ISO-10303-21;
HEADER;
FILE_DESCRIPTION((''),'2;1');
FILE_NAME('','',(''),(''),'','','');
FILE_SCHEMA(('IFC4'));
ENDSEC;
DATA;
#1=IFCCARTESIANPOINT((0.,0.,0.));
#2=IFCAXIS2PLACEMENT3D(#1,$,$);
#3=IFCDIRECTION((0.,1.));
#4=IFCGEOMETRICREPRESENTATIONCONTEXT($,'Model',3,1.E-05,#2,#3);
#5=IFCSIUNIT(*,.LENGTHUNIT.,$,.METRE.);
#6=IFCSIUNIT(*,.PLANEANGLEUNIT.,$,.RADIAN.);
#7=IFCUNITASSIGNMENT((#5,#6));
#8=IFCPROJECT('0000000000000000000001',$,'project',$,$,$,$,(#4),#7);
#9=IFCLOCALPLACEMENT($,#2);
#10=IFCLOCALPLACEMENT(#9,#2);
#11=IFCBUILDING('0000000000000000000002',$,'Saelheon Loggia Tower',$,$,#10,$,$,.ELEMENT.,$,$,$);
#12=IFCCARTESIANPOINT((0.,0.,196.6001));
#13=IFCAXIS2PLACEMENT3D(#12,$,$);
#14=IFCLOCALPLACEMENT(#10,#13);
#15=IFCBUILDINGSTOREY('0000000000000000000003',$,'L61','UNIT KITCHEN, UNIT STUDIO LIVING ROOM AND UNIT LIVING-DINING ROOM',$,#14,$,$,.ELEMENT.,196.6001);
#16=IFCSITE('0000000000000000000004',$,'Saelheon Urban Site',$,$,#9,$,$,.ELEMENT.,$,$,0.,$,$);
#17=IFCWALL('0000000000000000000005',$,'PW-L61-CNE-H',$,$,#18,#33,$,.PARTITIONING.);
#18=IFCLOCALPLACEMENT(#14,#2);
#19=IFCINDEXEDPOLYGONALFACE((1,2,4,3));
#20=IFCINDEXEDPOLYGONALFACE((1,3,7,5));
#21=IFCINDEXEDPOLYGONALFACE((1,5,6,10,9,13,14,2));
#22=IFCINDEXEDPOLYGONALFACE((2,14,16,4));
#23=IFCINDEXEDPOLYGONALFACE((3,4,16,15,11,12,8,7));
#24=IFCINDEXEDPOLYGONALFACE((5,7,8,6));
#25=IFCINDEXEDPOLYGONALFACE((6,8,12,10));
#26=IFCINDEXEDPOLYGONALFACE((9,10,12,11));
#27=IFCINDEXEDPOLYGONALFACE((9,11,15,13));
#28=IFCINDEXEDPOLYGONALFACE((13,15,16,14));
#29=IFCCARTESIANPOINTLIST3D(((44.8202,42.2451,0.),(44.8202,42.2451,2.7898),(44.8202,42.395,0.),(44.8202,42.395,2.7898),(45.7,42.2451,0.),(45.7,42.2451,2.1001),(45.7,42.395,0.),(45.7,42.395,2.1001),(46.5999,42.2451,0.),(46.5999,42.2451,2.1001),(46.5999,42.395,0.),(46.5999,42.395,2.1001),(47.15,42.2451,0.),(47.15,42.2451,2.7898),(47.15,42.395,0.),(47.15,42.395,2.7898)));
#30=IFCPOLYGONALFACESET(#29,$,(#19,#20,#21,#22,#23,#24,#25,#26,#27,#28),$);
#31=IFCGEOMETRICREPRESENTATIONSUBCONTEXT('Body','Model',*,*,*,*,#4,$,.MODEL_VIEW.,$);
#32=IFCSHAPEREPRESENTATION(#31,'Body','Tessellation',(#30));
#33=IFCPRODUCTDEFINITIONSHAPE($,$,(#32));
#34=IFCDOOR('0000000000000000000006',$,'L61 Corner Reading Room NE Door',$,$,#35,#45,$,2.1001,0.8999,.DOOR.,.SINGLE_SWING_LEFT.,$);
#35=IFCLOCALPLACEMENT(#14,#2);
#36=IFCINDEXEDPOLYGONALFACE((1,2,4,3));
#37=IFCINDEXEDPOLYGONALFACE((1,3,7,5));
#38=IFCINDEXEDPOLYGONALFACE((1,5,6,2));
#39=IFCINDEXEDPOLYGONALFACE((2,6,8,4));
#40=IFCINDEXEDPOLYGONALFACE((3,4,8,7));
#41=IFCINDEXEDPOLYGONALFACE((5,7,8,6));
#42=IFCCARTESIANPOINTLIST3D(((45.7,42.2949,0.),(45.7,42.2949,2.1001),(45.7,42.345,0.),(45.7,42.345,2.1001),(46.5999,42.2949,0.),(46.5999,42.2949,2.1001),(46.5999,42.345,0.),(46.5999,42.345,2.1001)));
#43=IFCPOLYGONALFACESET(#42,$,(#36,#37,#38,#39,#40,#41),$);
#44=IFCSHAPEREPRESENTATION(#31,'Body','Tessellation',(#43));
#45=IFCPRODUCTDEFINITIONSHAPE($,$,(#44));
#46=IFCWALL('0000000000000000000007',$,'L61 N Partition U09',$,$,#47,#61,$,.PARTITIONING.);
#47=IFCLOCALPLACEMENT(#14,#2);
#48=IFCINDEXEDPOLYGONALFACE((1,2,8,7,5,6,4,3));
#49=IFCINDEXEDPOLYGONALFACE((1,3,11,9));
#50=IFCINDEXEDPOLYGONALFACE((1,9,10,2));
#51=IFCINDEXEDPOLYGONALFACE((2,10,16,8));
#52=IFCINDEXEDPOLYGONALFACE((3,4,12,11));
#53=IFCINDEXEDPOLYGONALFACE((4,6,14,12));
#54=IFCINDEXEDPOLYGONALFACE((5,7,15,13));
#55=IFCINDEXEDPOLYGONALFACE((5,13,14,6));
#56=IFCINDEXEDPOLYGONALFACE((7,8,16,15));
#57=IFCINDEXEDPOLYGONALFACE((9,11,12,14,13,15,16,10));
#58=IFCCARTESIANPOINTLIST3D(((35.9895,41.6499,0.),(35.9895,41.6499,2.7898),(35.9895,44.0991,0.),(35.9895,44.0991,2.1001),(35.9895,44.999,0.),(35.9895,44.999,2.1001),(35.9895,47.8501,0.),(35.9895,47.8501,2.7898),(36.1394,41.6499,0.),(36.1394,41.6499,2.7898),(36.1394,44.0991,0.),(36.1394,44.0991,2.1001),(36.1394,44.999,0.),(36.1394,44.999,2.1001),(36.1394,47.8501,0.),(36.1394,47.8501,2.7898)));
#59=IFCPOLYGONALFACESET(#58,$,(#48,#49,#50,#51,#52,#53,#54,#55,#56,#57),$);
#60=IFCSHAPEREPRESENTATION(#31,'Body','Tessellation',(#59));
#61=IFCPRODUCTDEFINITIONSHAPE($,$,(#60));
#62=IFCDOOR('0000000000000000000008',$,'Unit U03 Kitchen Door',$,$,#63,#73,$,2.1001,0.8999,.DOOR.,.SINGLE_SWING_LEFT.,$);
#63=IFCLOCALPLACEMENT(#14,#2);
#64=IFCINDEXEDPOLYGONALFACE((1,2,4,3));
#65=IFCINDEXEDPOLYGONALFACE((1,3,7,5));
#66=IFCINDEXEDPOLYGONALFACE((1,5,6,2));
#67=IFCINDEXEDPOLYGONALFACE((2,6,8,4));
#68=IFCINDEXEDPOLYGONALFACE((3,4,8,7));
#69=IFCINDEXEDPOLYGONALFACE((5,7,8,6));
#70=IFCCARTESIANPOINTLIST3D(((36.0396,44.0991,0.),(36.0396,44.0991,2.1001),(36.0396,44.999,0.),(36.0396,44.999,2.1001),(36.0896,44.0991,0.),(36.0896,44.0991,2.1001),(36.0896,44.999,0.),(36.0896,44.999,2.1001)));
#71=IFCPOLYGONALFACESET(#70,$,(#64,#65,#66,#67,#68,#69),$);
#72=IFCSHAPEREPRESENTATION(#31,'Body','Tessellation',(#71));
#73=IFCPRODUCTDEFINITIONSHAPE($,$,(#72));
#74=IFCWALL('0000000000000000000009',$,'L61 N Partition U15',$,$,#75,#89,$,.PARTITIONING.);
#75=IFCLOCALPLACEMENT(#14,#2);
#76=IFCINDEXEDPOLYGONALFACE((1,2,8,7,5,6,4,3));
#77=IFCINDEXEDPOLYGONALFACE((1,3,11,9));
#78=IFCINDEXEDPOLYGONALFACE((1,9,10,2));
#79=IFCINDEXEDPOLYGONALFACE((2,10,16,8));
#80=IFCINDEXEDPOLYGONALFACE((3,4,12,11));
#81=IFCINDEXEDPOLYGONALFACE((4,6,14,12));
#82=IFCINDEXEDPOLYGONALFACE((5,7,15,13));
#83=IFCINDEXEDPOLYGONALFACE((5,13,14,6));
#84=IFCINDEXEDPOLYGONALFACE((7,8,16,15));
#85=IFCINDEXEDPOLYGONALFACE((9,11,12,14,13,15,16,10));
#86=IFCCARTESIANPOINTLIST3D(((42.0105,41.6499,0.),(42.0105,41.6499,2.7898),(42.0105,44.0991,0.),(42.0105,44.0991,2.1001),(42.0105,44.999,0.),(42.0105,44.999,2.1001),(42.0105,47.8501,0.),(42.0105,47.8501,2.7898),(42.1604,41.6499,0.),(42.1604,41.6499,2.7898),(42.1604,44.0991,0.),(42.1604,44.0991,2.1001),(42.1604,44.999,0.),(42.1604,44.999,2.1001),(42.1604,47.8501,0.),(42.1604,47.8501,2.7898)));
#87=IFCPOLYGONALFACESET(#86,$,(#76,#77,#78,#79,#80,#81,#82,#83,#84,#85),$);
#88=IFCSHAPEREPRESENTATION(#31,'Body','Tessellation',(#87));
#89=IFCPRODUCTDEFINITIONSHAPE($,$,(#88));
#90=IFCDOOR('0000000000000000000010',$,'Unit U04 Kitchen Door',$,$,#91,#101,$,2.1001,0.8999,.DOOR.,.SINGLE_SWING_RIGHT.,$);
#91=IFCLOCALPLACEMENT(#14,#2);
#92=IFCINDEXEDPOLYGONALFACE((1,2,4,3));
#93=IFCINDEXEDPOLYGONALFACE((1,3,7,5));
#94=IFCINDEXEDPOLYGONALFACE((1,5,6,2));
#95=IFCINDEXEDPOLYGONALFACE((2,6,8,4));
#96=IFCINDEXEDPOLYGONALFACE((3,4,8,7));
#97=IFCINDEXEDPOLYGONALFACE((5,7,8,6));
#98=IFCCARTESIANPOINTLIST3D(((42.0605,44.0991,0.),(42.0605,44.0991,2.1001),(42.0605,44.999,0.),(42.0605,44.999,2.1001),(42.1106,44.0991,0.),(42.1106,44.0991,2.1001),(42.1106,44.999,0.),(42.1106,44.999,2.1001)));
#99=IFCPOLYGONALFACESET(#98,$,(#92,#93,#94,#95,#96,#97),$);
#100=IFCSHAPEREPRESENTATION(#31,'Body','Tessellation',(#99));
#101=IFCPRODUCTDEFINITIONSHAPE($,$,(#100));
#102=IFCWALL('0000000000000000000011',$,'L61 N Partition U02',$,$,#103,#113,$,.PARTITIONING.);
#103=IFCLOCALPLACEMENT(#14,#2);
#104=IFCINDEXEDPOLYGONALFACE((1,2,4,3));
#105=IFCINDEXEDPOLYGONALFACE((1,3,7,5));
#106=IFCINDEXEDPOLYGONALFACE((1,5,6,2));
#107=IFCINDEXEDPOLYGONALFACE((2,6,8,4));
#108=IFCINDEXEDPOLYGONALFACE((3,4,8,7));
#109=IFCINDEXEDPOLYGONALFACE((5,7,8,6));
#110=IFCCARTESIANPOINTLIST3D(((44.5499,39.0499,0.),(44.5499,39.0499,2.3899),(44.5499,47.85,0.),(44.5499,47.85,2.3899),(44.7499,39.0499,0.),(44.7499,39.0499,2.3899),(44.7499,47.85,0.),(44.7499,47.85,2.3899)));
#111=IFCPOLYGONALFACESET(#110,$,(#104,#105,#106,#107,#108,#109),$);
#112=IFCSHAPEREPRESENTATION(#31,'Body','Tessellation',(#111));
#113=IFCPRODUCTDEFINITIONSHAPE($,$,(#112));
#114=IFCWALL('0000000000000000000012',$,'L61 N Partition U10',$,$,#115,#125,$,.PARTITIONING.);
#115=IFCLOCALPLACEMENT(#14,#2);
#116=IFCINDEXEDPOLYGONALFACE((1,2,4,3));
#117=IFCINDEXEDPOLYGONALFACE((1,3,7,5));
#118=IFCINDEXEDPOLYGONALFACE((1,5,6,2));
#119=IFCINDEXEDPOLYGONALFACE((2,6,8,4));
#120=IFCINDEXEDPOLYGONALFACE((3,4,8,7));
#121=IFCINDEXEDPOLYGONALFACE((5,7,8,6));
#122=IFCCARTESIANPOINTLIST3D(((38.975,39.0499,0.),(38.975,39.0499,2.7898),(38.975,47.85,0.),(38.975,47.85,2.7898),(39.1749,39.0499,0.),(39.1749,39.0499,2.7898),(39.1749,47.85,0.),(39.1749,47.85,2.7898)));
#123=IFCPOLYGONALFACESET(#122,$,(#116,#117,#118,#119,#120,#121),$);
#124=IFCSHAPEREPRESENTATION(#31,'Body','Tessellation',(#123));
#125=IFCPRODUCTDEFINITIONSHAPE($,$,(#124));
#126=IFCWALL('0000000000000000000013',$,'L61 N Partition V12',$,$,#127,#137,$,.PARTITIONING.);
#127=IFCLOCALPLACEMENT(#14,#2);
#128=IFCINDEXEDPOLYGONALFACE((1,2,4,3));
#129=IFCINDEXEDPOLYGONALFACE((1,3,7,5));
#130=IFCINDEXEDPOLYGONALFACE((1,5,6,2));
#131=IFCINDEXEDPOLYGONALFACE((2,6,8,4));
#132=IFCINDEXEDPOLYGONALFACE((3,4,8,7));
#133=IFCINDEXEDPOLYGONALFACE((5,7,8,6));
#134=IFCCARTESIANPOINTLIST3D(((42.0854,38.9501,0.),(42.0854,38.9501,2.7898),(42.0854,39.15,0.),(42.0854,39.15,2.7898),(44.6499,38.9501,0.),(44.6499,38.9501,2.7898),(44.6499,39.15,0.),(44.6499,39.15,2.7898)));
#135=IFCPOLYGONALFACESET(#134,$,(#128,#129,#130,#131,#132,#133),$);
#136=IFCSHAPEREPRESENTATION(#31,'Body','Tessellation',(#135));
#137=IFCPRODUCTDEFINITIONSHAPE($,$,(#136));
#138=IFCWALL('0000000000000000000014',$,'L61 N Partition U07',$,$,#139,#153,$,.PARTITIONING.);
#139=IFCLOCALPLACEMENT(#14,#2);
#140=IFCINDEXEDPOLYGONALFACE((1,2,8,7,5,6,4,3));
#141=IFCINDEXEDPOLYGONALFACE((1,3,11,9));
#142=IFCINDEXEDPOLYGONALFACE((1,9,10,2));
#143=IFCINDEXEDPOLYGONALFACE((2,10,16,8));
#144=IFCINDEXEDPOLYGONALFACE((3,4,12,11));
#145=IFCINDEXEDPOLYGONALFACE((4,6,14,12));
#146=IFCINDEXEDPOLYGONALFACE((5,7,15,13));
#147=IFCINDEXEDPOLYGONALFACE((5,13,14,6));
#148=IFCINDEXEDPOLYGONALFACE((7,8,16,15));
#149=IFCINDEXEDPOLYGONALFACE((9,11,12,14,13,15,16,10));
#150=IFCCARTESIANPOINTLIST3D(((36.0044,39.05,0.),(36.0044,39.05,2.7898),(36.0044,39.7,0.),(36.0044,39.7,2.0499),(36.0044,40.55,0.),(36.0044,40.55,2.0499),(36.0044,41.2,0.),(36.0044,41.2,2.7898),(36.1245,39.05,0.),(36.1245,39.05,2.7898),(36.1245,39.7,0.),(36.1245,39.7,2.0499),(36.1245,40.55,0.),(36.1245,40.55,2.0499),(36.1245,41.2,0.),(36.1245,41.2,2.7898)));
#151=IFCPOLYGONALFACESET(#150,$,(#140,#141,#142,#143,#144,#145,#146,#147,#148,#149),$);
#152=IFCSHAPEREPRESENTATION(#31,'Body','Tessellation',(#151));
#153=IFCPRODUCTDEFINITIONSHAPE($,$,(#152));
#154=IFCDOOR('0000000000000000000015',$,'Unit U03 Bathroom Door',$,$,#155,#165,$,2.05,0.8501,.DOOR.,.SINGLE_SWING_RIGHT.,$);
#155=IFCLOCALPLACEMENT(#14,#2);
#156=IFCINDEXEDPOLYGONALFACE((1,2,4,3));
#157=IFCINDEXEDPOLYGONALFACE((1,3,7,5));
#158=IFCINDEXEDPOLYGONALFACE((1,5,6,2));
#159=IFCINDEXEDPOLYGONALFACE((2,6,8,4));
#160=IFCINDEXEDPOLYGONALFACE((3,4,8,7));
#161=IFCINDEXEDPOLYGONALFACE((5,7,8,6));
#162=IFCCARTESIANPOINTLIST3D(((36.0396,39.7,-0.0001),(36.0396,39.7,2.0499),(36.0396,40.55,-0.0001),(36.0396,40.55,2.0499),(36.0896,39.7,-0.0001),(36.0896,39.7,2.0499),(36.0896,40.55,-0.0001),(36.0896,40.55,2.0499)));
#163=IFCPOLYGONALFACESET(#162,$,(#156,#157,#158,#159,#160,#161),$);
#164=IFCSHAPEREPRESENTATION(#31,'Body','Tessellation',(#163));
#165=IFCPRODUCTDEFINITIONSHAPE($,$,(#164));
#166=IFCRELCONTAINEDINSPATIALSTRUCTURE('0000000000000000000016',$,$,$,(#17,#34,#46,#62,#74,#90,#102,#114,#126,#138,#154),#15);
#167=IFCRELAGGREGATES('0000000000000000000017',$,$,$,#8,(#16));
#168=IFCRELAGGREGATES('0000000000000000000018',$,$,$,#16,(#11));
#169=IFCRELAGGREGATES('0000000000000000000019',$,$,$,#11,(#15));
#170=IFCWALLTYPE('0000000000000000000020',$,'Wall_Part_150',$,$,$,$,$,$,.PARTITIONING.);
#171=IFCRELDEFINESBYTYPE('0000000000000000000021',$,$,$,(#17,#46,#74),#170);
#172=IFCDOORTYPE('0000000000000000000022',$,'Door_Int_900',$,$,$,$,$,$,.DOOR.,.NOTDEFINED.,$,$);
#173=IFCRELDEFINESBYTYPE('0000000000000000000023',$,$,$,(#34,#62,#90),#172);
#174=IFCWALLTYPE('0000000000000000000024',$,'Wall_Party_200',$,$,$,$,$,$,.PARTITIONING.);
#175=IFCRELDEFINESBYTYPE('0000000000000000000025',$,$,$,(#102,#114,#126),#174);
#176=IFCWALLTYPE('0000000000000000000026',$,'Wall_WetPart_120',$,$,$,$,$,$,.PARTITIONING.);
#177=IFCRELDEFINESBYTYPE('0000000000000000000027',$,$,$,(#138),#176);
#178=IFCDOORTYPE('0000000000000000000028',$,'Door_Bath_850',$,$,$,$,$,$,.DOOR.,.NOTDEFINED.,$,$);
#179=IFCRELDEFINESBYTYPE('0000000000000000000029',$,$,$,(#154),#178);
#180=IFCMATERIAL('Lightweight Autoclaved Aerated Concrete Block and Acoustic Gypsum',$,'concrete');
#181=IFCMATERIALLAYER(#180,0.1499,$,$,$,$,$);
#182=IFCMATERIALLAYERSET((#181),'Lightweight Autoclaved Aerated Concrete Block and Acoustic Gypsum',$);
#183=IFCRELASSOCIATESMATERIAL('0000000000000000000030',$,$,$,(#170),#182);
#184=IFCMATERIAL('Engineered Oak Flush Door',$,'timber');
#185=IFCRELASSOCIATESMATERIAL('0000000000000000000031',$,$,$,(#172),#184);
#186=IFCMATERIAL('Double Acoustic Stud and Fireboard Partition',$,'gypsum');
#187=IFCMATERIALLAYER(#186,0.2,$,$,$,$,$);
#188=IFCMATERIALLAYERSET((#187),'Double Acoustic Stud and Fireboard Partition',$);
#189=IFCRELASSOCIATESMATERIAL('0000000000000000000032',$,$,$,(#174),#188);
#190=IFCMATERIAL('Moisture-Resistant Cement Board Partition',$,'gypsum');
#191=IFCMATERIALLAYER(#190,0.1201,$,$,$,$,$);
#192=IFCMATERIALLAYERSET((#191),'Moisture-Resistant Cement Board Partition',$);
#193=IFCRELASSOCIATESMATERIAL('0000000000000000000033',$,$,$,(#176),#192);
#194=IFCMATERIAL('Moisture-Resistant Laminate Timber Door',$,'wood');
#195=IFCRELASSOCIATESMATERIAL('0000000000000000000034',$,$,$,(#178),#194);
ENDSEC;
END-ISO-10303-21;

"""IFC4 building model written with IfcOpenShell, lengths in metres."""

from ifc_helpers import new_model, si_unit, direction, frame, frame_2d, origin, place, context, subcontext, project, spatial, rectangle, extrude, source, transform, mapped, material, layer, layer_set, type_object, element, fill, save


model = new_model("IFC4")

# Units and contexts
model_context = context("Model", 3, precision=1e-05, world=origin(), true_north=direction((0.0, 1.0)))
body_context = subcontext(model_context, "Body", "Model", "MODEL_VIEW")
ifc_project = project(units=[si_unit("LENGTHUNIT", "METRE"), si_unit("PLANEANGLEUNIT", "RADIAN")], contexts=[model_context])

# Site, building, storey
site_placement = place(None, origin())
site = spatial("IfcSite", under=ifc_project, at=site_placement, Name="Saelheon Urban Site", CompositionType="ELEMENT", RefElevation=0.0)
building_placement = place(site_placement, origin())
building = spatial("IfcBuilding", under=site, at=building_placement, Name="Saelheon Loggia Tower", CompositionType="ELEMENT")
storey_placement = place(building_placement, frame((0.0, 0.0, 196.6001)))
storey = spatial("IfcBuildingStorey", under=building, at=storey_placement, Name="L61", Description="UNIT KITCHEN, UNIT STUDIO LIVING ROOM AND UNIT LIVING-DINING ROOM", CompositionType="ELEMENT", Elevation=196.6001)

# Walls, openings, doors
ifc_material_1 = material(Name="Lightweight Autoclaved Aerated Concrete Block and Acoustic Gypsum", Category="concrete")
ifc_layer_1 = layer(ifc_material_1, 0.1499)
ifc_layer_set_1 = layer_set([ifc_layer_1], Name="Lightweight Autoclaved Aerated Concrete Block and Acoustic Gypsum")
wall_type_1 = type_object("IfcWallType", Name="Wall_Part_150", PredefinedType="PARTITIONING", material=ifc_layer_set_1)
wall_1_placement = place(storey_placement, frame((44.8201, 42.3201, 0.0), z_axis=(0.0, 0.0, 1.0), x_axis=(1.0, 0.0, 0.0)))
wall_1 = element("IfcWall", 1, at=wall_1_placement, inside=storey, type_object=wall_type_1, Name="PW-L61-CNE-H", PredefinedType="PARTITIONING", context=body_context, shape_type="SweptSolid", body=[
    extrude(rectangle(XDim=2.3298, YDim=0.1499, at=frame_2d((1.165, 0.0))), origin(), (0.0, 0.0, 1.0), 2.7898),
])
opening_1_placement = place(wall_1_placement, frame((0.8799, 0.0, 0.0)))
opening_1 = element("IfcOpeningElement", 2, at=opening_1_placement, cuts=wall_1, PredefinedType="OPENING", context=body_context, shape_type="SweptSolid", body=[
    extrude(rectangle(XDim=0.8999, YDim=2.1001, at=frame_2d((0.45, 1.05))), frame((0.0, 0.0869, 0.0), z_axis=(0.0, -1.0, 0.0), x_axis=(1.0, 0.0, 0.0)), (0.0, 0.0, 1.0), 0.1738),
])
ifc_material_2 = material(Name="Engineered Oak Flush Door", Category="timber")
door_type_1 = type_object("IfcDoorType", Name="Door_Int_900", OperationType="NOTDEFINED", PredefinedType="DOOR", material=ifc_material_2)
shared_shape_1 = source(origin(), body_context, "Body", "SweptSolid", [
    extrude(rectangle(XDim=0.8999, YDim=2.1001, at=frame_2d((0.45, 1.05))), frame((0.0, 0.0249, 0.0), z_axis=(0.0, -1.0, 0.0), x_axis=(1.0, 0.0, 0.0)), (0.0, 0.0, 1.0), 0.05),
])
door_1_placement = place(opening_1_placement, origin())
door_1 = element("IfcDoor", 3, at=door_1_placement, inside=storey, type_object=door_type_1, Name="L61 Corner Reading Room NE Door", OperationType="SINGLE_SWING_LEFT", OverallHeight=2.1001, OverallWidth=0.8999, PredefinedType="DOOR", context=body_context, shape_type="MappedRepresentation", body=[
    mapped(shared_shape_1, transform((0.0, 0.0, 0.0), scale=1.0)),
])
fill(opening_1, door_1)
wall_2_placement = place(storey_placement, frame((36.0645, 41.6499, 0.0), z_axis=(0.0, 0.0, 1.0), x_axis=(0.0, 1.0, 0.0)))
wall_2 = element("IfcWall", 4, at=wall_2_placement, inside=storey, type_object=wall_type_1, Name="L61 N Partition U09", PredefinedType="PARTITIONING", context=body_context, shape_type="SweptSolid", body=[
    extrude(rectangle(XDim=6.2002, YDim=0.1499, at=frame_2d((3.1001, 0.0))), origin(), (0.0, 0.0, 1.0), 2.7898),
])
opening_2_placement = place(wall_2_placement, frame((2.4492, 0.0, 0.0)))
opening_2 = element("IfcOpeningElement", 5, at=opening_2_placement, cuts=wall_2, PredefinedType="OPENING", context=body_context, shape_type="SweptSolid", body=[
    extrude(rectangle(XDim=0.8999, YDim=2.1001, at=frame_2d((0.45, 1.05))), frame((0.0, 0.0869, 0.0), z_axis=(0.0, -1.0, 0.0), x_axis=(1.0, 0.0, 0.0)), (0.0, 0.0, 1.0), 0.1738),
])
door_2_placement = place(opening_2_placement, origin())
door_2 = element("IfcDoor", 6, at=door_2_placement, inside=storey, type_object=door_type_1, Name="Unit U03 Kitchen Door", OperationType="SINGLE_SWING_LEFT", OverallHeight=2.1001, OverallWidth=0.8999, PredefinedType="DOOR", context=body_context, shape_type="MappedRepresentation", body=[
    mapped(shared_shape_1, transform((0.0, 0.0, 0.0), scale=1.0)),
])
fill(opening_2, door_2)
wall_3_placement = place(storey_placement, frame((42.0854, 41.6499, 0.0), z_axis=(0.0, 0.0, 1.0), x_axis=(0.0, 1.0, 0.0)))
wall_3 = element("IfcWall", 7, at=wall_3_placement, inside=storey, type_object=wall_type_1, Name="L61 N Partition U15", PredefinedType="PARTITIONING", context=body_context, shape_type="SweptSolid", body=[
    extrude(rectangle(XDim=6.2002, YDim=0.1499, at=frame_2d((3.1001, 0.0))), origin(), (0.0, 0.0, 1.0), 2.7898),
])
opening_3_placement = place(wall_3_placement, frame((2.4492, 0.0, 0.0)))
opening_3 = element("IfcOpeningElement", 8, at=opening_3_placement, cuts=wall_3, PredefinedType="OPENING", context=body_context, shape_type="SweptSolid", body=[
    extrude(rectangle(XDim=0.8999, YDim=2.1001, at=frame_2d((0.45, 1.05))), frame((0.0, 0.0869, 0.0), z_axis=(0.0, -1.0, 0.0), x_axis=(1.0, 0.0, 0.0)), (0.0, 0.0, 1.0), 0.1738),
])
door_3_placement = place(opening_3_placement, origin())
door_3 = element("IfcDoor", 9, at=door_3_placement, inside=storey, type_object=door_type_1, Name="Unit U04 Kitchen Door", OperationType="SINGLE_SWING_RIGHT", OverallHeight=2.1001, OverallWidth=0.8999, PredefinedType="DOOR", context=body_context, shape_type="MappedRepresentation", body=[
    mapped(shared_shape_1, transform((0.0, 0.0, 0.0), scale=1.0)),
])
fill(opening_3, door_3)

# Wall
ifc_material_3 = material(Name="Double Acoustic Stud and Fireboard Partition", Category="gypsum")
ifc_layer_2 = layer(ifc_material_3, 0.2)
ifc_layer_set_2 = layer_set([ifc_layer_2], Name="Double Acoustic Stud and Fireboard Partition")
wall_type_2 = type_object("IfcWallType", Name="Wall_Party_200", PredefinedType="PARTITIONING", material=ifc_layer_set_2)
wall_4_placement = place(storey_placement, frame((44.6499, 39.05, 0.0), z_axis=(0.0, 0.0, 1.0), x_axis=(0.0, 1.0, 0.0)))
element("IfcWall", 10, at=wall_4_placement, inside=storey, type_object=wall_type_2, Name="L61 N Partition U02", PredefinedType="PARTITIONING", context=body_context, shape_type="SweptSolid", body=[
    extrude(rectangle(XDim=8.8, YDim=0.2, at=frame_2d((4.3999, 0.0))), origin(), (0.0, 0.0, 1.0), 2.3899),
])

# Wall
wall_5_placement = place(storey_placement, frame((39.075, 39.05, 0.0), z_axis=(0.0, 0.0, 1.0), x_axis=(0.0, 1.0, 0.0)))
element("IfcWall", 11, at=wall_5_placement, inside=storey, type_object=wall_type_2, Name="L61 N Partition U10", PredefinedType="PARTITIONING", context=body_context, shape_type="SweptSolid", body=[
    extrude(rectangle(XDim=8.8, YDim=0.2, at=frame_2d((4.3999, 0.0))), origin(), (0.0, 0.0, 1.0), 2.7898),
])

# Wall
wall_6_placement = place(storey_placement, frame((42.0854, 39.05, 0.0), z_axis=(0.0, 0.0, 1.0), x_axis=(1.0, 0.0, 0.0)))
element("IfcWall", 12, at=wall_6_placement, inside=storey, type_object=wall_type_2, Name="L61 N Partition V12", PredefinedType="PARTITIONING", context=body_context, shape_type="SweptSolid", body=[
    extrude(rectangle(XDim=2.5645, YDim=0.2, at=frame_2d((1.2822, 0.0))), origin(), (0.0, 0.0, 1.0), 2.7898),
])

# Wall, opening, door
ifc_material_4 = material(Name="Moisture-Resistant Cement Board Partition", Category="gypsum")
ifc_layer_3 = layer(ifc_material_4, 0.1201)
ifc_layer_set_3 = layer_set([ifc_layer_3], Name="Moisture-Resistant Cement Board Partition")
wall_type_3 = type_object("IfcWallType", Name="Wall_WetPart_120", PredefinedType="PARTITIONING", material=ifc_layer_set_3)
wall_7_placement = place(storey_placement, frame((36.0645, 39.05, 0.0), z_axis=(0.0, 0.0, 1.0), x_axis=(0.0, 1.0, 0.0)))
wall_7 = element("IfcWall", 13, at=wall_7_placement, inside=storey, type_object=wall_type_3, Name="L61 N Partition U07", PredefinedType="PARTITIONING", context=body_context, shape_type="SweptSolid", body=[
    extrude(rectangle(XDim=2.1499, YDim=0.1201, at=frame_2d((1.075, 0.0))), origin(), (0.0, 0.0, 1.0), 2.7898),
])
opening_4_placement = place(wall_7_placement, frame((0.6499, 0.0, 0.0)))
opening_4 = element("IfcOpeningElement", 14, at=opening_4_placement, cuts=wall_7, PredefinedType="OPENING", context=body_context, shape_type="SweptSolid", body=[
    extrude(rectangle(XDim=0.8501, YDim=2.05, at=frame_2d((0.425, 1.0249))), frame((0.0, 0.072, 0.0), z_axis=(0.0, -1.0, 0.0), x_axis=(1.0, 0.0, 0.0)), (0.0, 0.0, 1.0), 0.144),
])
ifc_material_5 = material(Name="Moisture-Resistant Laminate Timber Door", Category="wood")
door_type_2 = type_object("IfcDoorType", Name="Door_Bath_850", OperationType="NOTDEFINED", PredefinedType="DOOR", material=ifc_material_5)
shared_shape_2 = source(origin(), body_context, "Body", "SweptSolid", [
    extrude(rectangle(XDim=0.8501, YDim=2.05, at=frame_2d((0.425, 1.0249))), frame((0.0, 0.0249, 0.0), z_axis=(0.0, -1.0, 0.0), x_axis=(1.0, 0.0, 0.0)), (0.0, 0.0, 1.0), 0.05),
])
door_4_placement = place(opening_4_placement, origin())
door_4 = element("IfcDoor", 15, at=door_4_placement, inside=storey, type_object=door_type_2, Name="Unit U03 Bathroom Door", OperationType="SINGLE_SWING_RIGHT", OverallHeight=2.05, OverallWidth=0.8501, PredefinedType="DOOR", context=body_context, shape_type="MappedRepresentation", body=[
    mapped(shared_shape_2, transform((0.0, 0.0, 0.0), scale=1.0)),
])
fill(opening_4, door_4)

save(model, "model.ifc")
